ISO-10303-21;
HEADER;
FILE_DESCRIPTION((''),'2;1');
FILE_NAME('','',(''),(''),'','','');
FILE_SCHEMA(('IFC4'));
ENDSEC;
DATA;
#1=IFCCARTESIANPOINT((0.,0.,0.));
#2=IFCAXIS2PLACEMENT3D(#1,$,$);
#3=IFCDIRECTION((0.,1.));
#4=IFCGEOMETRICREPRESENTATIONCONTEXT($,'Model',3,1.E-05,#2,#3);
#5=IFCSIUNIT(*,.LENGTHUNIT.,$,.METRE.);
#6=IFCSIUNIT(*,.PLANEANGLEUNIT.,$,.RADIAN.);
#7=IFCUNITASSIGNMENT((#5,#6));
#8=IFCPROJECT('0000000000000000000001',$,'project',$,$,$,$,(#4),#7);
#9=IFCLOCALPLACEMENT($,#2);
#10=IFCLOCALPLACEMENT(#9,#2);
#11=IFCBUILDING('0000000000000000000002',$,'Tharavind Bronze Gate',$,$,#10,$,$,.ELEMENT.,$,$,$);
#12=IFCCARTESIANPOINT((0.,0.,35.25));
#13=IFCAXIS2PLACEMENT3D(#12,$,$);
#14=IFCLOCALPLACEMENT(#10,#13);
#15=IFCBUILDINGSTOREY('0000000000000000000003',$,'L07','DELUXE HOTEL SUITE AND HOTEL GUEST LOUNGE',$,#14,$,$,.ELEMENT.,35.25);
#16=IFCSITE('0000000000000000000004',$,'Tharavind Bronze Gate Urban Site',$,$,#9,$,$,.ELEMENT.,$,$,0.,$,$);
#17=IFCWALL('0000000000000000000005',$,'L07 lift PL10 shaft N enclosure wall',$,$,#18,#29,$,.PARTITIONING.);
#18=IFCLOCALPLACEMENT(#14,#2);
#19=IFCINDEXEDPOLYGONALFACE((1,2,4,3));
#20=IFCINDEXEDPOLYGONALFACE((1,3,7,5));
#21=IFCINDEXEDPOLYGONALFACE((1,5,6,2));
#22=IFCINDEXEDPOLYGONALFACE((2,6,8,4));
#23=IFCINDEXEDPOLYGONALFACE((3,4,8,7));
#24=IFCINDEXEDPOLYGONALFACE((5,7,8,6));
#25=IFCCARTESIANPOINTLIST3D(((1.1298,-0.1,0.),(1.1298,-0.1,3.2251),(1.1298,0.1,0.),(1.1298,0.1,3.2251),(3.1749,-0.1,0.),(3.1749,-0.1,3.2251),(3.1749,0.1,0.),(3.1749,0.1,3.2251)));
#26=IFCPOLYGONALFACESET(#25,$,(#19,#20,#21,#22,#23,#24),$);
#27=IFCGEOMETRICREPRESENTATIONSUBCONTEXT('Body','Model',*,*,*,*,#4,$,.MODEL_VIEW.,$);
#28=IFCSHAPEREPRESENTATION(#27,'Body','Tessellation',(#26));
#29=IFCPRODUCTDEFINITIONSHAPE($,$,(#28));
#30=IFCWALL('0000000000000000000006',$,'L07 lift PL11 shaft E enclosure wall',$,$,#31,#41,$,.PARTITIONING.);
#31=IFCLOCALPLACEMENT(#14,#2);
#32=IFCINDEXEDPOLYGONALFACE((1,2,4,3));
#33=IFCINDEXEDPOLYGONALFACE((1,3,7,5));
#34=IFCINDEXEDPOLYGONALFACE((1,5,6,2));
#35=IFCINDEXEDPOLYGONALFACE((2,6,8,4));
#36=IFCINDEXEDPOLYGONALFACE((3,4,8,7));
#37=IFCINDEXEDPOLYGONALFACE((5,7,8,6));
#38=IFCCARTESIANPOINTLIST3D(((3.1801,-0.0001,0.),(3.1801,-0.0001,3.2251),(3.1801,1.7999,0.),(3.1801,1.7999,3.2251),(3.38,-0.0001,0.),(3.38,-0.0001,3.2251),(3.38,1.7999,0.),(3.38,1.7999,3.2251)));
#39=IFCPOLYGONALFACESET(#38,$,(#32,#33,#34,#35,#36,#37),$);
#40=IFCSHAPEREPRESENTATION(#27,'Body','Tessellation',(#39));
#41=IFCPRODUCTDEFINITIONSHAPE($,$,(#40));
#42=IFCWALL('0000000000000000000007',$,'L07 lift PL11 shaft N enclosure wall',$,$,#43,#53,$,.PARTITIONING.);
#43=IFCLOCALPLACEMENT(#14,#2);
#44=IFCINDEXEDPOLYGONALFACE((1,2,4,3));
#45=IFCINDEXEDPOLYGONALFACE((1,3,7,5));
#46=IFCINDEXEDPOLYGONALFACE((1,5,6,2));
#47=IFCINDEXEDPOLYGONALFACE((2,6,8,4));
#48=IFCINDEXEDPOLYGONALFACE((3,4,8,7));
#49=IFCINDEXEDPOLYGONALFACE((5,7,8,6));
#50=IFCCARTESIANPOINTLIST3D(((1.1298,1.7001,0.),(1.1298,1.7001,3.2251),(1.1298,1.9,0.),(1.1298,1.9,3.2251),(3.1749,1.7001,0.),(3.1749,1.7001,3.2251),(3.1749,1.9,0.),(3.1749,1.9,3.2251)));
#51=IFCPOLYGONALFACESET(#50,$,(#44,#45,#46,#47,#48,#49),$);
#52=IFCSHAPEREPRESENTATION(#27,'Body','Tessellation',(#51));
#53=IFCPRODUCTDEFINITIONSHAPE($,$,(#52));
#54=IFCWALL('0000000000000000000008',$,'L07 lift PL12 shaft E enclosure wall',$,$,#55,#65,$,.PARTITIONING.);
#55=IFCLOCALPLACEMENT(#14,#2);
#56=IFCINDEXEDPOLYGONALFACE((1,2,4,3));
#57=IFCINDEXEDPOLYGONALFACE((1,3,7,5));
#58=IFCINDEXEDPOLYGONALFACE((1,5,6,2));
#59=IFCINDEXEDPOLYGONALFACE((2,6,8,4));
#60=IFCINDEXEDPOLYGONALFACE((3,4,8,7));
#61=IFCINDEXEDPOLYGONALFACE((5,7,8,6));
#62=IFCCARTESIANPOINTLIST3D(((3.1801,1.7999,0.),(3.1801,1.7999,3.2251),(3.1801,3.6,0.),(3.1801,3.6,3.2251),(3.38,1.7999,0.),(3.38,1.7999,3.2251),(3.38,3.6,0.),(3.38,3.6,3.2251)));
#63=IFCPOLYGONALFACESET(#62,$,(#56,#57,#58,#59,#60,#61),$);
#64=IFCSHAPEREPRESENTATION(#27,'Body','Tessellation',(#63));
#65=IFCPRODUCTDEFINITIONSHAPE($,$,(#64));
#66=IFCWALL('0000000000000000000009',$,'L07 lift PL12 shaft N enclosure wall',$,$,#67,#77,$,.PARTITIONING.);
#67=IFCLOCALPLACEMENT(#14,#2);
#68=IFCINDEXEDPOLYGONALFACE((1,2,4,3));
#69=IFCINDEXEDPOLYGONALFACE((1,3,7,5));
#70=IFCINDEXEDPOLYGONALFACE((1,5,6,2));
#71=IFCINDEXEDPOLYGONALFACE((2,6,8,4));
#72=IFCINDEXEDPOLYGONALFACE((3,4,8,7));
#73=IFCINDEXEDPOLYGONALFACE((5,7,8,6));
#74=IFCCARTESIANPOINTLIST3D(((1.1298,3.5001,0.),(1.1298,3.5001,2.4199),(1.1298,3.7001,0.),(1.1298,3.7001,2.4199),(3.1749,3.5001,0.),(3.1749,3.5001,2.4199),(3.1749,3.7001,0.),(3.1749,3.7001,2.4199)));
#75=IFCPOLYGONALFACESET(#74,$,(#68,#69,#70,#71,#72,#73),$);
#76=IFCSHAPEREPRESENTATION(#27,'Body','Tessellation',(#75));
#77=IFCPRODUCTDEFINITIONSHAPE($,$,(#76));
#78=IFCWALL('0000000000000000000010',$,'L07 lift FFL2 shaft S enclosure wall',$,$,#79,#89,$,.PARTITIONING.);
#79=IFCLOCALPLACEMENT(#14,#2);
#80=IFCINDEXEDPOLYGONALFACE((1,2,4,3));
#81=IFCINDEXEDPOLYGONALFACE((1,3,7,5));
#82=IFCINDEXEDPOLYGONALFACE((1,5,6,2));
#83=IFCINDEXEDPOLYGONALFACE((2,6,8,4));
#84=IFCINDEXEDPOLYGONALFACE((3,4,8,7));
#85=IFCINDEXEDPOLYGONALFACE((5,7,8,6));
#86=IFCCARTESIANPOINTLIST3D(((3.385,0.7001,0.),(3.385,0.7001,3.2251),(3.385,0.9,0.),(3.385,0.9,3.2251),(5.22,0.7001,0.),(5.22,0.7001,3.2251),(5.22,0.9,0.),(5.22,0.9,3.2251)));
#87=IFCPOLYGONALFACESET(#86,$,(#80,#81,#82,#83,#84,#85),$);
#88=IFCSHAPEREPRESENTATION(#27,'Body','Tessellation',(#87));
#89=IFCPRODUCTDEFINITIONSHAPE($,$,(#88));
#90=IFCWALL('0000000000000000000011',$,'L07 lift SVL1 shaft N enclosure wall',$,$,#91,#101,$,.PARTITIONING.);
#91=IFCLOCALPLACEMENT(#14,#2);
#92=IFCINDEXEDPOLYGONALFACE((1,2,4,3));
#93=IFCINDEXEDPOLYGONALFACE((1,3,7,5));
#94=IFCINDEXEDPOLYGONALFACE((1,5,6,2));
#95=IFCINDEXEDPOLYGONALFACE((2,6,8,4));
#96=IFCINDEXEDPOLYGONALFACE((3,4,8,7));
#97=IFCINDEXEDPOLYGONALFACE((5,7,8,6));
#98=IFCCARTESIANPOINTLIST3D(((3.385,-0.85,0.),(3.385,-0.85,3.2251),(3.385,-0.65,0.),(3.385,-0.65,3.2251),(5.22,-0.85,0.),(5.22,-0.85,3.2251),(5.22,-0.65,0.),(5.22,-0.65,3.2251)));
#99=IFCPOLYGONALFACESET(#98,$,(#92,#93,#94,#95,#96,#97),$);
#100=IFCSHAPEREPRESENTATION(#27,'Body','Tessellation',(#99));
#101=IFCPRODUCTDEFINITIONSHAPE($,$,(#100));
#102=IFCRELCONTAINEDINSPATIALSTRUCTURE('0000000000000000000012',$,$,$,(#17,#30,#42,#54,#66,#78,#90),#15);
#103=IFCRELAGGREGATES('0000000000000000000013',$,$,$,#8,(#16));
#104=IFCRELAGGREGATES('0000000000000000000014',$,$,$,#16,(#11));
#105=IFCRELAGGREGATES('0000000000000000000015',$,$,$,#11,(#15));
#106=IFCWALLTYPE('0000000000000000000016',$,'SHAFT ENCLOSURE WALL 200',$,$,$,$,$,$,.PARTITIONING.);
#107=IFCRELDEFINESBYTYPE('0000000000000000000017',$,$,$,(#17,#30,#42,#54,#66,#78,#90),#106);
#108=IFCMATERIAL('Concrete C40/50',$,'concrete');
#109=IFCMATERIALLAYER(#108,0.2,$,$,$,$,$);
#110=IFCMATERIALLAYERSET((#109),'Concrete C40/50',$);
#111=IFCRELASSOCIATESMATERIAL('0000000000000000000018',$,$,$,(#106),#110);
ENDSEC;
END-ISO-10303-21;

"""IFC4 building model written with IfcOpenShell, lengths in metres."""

from ifc_helpers import new_model, si_unit, direction, frame, frame_2d, origin, place, context, subcontext, project, spatial, rectangle, extrude, material, layer, layer_set, type_object, element, save


model = new_model("IFC4")

# Units and contexts
model_context = context("Model", 3, precision=1e-05, world=origin(), true_north=direction((0.0, 1.0)))
body_context = subcontext(model_context, "Body", "Model", "MODEL_VIEW")
ifc_project = project(units=[si_unit("LENGTHUNIT", "METRE"), si_unit("PLANEANGLEUNIT", "RADIAN")], contexts=[model_context])

# Site, building, storey
site_placement = place(None, origin())
site = spatial("IfcSite", under=ifc_project, at=site_placement, Name="Tharavind Bronze Gate Urban Site", CompositionType="ELEMENT", RefElevation=0.0)
building_placement = place(site_placement, origin())
building = spatial("IfcBuilding", under=site, at=building_placement, Name="Tharavind Bronze Gate", CompositionType="ELEMENT")
storey_placement = place(building_placement, frame((0.0, 0.0, 35.25)))
storey = spatial("IfcBuildingStorey", under=building, at=storey_placement, Name="L07", Description="DELUXE HOTEL SUITE AND HOTEL GUEST LOUNGE", CompositionType="ELEMENT", Elevation=35.25)

# Walls
ifc_material_1 = material(Name="Concrete C40/50", Category="concrete")
ifc_layer_1 = layer(ifc_material_1, 0.2)
ifc_layer_set_1 = layer_set([ifc_layer_1], Name="Concrete C40/50")
wall_type_1 = type_object("IfcWallType", Name="SHAFT ENCLOSURE WALL 200", PredefinedType="PARTITIONING", material=ifc_layer_set_1)
wall_1_placement = place(storey_placement, frame((1.1299, 0.0, 0.0), z_axis=(0.0, 0.0, 1.0), x_axis=(1.0, 0.0, 0.0)))
element("IfcWall", 1, at=wall_1_placement, inside=storey, type_object=wall_type_1, Name="L07 lift PL10 shaft N enclosure wall", PredefinedType="PARTITIONING", context=body_context, shape_type="SweptSolid", body=[
    extrude(rectangle(XDim=2.0452, YDim=0.2, at=frame_2d((1.0225, 0.0))), origin(), (0.0, 0.0, 1.0), 3.2251),
])
wall_2_placement = place(storey_placement, frame((3.28, 0.0, 0.0), z_axis=(0.0, 0.0, 1.0), x_axis=(0.0, 1.0, 0.0)))
element("IfcWall", 2, at=wall_2_placement, inside=storey, type_object=wall_type_1, Name="L07 lift PL11 shaft E enclosure wall", PredefinedType="PARTITIONING", context=body_context, shape_type="SweptSolid", body=[
    extrude(rectangle(XDim=1.8, YDim=0.2, at=frame_2d((0.8999, 0.0))), origin(), (0.0, 0.0, 1.0), 3.2251),
])
wall_3_placement = place(storey_placement, frame((1.1299, 1.8, 0.0), z_axis=(0.0, 0.0, 1.0), x_axis=(1.0, 0.0, 0.0)))
element("IfcWall", 3, at=wall_3_placement, inside=storey, type_object=wall_type_1, Name="L07 lift PL11 shaft N enclosure wall", PredefinedType="PARTITIONING", context=body_context, shape_type="SweptSolid", body=[
    extrude(rectangle(XDim=2.0452, YDim=0.2, at=frame_2d((1.0225, 0.0))), origin(), (0.0, 0.0, 1.0), 3.2251),
])
wall_4_placement = place(storey_placement, frame((3.28, 1.8, 0.0), z_axis=(0.0, 0.0, 1.0), x_axis=(0.0, 1.0, 0.0)))
element("IfcWall", 4, at=wall_4_placement, inside=storey, type_object=wall_type_1, Name="L07 lift PL12 shaft E enclosure wall", PredefinedType="PARTITIONING", context=body_context, shape_type="SweptSolid", body=[
    extrude(rectangle(XDim=1.8, YDim=0.2, at=frame_2d((0.8999, 0.0))), origin(), (0.0, 0.0, 1.0), 3.2251),
])
wall_5_placement = place(storey_placement, frame((1.1299, 3.6001, 0.0), z_axis=(0.0, 0.0, 1.0), x_axis=(1.0, 0.0, 0.0)))
element("IfcWall", 5, at=wall_5_placement, inside=storey, type_object=wall_type_1, Name="L07 lift PL12 shaft N enclosure wall", PredefinedType="PARTITIONING", context=body_context, shape_type="SweptSolid", body=[
    extrude(rectangle(XDim=2.0452, YDim=0.2, at=frame_2d((1.0225, 0.0))), origin(), (0.0, 0.0, 1.0), 2.4199),
])
for number, where, z_axis, x_axis, name in (
    (6, (3.385, 0.8, 0.0), (0.0, 0.0, 1.0), (1.0, 0.0, 0.0), "L07 lift FFL2 shaft S enclosure wall"),
    (7, (3.385, -0.75, 0.0), (0.0, 0.0, 1.0), (1.0, 0.0, 0.0), "L07 lift SVL1 shaft N enclosure wall"),
):
    element("IfcWall", number, at=place(storey_placement, frame(where, z_axis=z_axis, x_axis=x_axis)), inside=storey, type_object=wall_type_1, Name=name, PredefinedType="PARTITIONING", context=body_context, shape_type="SweptSolid", body=[
        extrude(rectangle(XDim=1.835, YDim=0.2, at=frame_2d((0.9175, 0.0))), origin(), (0.0, 0.0, 1.0), 3.2251),
    ])

save(model, "model.ifc")
